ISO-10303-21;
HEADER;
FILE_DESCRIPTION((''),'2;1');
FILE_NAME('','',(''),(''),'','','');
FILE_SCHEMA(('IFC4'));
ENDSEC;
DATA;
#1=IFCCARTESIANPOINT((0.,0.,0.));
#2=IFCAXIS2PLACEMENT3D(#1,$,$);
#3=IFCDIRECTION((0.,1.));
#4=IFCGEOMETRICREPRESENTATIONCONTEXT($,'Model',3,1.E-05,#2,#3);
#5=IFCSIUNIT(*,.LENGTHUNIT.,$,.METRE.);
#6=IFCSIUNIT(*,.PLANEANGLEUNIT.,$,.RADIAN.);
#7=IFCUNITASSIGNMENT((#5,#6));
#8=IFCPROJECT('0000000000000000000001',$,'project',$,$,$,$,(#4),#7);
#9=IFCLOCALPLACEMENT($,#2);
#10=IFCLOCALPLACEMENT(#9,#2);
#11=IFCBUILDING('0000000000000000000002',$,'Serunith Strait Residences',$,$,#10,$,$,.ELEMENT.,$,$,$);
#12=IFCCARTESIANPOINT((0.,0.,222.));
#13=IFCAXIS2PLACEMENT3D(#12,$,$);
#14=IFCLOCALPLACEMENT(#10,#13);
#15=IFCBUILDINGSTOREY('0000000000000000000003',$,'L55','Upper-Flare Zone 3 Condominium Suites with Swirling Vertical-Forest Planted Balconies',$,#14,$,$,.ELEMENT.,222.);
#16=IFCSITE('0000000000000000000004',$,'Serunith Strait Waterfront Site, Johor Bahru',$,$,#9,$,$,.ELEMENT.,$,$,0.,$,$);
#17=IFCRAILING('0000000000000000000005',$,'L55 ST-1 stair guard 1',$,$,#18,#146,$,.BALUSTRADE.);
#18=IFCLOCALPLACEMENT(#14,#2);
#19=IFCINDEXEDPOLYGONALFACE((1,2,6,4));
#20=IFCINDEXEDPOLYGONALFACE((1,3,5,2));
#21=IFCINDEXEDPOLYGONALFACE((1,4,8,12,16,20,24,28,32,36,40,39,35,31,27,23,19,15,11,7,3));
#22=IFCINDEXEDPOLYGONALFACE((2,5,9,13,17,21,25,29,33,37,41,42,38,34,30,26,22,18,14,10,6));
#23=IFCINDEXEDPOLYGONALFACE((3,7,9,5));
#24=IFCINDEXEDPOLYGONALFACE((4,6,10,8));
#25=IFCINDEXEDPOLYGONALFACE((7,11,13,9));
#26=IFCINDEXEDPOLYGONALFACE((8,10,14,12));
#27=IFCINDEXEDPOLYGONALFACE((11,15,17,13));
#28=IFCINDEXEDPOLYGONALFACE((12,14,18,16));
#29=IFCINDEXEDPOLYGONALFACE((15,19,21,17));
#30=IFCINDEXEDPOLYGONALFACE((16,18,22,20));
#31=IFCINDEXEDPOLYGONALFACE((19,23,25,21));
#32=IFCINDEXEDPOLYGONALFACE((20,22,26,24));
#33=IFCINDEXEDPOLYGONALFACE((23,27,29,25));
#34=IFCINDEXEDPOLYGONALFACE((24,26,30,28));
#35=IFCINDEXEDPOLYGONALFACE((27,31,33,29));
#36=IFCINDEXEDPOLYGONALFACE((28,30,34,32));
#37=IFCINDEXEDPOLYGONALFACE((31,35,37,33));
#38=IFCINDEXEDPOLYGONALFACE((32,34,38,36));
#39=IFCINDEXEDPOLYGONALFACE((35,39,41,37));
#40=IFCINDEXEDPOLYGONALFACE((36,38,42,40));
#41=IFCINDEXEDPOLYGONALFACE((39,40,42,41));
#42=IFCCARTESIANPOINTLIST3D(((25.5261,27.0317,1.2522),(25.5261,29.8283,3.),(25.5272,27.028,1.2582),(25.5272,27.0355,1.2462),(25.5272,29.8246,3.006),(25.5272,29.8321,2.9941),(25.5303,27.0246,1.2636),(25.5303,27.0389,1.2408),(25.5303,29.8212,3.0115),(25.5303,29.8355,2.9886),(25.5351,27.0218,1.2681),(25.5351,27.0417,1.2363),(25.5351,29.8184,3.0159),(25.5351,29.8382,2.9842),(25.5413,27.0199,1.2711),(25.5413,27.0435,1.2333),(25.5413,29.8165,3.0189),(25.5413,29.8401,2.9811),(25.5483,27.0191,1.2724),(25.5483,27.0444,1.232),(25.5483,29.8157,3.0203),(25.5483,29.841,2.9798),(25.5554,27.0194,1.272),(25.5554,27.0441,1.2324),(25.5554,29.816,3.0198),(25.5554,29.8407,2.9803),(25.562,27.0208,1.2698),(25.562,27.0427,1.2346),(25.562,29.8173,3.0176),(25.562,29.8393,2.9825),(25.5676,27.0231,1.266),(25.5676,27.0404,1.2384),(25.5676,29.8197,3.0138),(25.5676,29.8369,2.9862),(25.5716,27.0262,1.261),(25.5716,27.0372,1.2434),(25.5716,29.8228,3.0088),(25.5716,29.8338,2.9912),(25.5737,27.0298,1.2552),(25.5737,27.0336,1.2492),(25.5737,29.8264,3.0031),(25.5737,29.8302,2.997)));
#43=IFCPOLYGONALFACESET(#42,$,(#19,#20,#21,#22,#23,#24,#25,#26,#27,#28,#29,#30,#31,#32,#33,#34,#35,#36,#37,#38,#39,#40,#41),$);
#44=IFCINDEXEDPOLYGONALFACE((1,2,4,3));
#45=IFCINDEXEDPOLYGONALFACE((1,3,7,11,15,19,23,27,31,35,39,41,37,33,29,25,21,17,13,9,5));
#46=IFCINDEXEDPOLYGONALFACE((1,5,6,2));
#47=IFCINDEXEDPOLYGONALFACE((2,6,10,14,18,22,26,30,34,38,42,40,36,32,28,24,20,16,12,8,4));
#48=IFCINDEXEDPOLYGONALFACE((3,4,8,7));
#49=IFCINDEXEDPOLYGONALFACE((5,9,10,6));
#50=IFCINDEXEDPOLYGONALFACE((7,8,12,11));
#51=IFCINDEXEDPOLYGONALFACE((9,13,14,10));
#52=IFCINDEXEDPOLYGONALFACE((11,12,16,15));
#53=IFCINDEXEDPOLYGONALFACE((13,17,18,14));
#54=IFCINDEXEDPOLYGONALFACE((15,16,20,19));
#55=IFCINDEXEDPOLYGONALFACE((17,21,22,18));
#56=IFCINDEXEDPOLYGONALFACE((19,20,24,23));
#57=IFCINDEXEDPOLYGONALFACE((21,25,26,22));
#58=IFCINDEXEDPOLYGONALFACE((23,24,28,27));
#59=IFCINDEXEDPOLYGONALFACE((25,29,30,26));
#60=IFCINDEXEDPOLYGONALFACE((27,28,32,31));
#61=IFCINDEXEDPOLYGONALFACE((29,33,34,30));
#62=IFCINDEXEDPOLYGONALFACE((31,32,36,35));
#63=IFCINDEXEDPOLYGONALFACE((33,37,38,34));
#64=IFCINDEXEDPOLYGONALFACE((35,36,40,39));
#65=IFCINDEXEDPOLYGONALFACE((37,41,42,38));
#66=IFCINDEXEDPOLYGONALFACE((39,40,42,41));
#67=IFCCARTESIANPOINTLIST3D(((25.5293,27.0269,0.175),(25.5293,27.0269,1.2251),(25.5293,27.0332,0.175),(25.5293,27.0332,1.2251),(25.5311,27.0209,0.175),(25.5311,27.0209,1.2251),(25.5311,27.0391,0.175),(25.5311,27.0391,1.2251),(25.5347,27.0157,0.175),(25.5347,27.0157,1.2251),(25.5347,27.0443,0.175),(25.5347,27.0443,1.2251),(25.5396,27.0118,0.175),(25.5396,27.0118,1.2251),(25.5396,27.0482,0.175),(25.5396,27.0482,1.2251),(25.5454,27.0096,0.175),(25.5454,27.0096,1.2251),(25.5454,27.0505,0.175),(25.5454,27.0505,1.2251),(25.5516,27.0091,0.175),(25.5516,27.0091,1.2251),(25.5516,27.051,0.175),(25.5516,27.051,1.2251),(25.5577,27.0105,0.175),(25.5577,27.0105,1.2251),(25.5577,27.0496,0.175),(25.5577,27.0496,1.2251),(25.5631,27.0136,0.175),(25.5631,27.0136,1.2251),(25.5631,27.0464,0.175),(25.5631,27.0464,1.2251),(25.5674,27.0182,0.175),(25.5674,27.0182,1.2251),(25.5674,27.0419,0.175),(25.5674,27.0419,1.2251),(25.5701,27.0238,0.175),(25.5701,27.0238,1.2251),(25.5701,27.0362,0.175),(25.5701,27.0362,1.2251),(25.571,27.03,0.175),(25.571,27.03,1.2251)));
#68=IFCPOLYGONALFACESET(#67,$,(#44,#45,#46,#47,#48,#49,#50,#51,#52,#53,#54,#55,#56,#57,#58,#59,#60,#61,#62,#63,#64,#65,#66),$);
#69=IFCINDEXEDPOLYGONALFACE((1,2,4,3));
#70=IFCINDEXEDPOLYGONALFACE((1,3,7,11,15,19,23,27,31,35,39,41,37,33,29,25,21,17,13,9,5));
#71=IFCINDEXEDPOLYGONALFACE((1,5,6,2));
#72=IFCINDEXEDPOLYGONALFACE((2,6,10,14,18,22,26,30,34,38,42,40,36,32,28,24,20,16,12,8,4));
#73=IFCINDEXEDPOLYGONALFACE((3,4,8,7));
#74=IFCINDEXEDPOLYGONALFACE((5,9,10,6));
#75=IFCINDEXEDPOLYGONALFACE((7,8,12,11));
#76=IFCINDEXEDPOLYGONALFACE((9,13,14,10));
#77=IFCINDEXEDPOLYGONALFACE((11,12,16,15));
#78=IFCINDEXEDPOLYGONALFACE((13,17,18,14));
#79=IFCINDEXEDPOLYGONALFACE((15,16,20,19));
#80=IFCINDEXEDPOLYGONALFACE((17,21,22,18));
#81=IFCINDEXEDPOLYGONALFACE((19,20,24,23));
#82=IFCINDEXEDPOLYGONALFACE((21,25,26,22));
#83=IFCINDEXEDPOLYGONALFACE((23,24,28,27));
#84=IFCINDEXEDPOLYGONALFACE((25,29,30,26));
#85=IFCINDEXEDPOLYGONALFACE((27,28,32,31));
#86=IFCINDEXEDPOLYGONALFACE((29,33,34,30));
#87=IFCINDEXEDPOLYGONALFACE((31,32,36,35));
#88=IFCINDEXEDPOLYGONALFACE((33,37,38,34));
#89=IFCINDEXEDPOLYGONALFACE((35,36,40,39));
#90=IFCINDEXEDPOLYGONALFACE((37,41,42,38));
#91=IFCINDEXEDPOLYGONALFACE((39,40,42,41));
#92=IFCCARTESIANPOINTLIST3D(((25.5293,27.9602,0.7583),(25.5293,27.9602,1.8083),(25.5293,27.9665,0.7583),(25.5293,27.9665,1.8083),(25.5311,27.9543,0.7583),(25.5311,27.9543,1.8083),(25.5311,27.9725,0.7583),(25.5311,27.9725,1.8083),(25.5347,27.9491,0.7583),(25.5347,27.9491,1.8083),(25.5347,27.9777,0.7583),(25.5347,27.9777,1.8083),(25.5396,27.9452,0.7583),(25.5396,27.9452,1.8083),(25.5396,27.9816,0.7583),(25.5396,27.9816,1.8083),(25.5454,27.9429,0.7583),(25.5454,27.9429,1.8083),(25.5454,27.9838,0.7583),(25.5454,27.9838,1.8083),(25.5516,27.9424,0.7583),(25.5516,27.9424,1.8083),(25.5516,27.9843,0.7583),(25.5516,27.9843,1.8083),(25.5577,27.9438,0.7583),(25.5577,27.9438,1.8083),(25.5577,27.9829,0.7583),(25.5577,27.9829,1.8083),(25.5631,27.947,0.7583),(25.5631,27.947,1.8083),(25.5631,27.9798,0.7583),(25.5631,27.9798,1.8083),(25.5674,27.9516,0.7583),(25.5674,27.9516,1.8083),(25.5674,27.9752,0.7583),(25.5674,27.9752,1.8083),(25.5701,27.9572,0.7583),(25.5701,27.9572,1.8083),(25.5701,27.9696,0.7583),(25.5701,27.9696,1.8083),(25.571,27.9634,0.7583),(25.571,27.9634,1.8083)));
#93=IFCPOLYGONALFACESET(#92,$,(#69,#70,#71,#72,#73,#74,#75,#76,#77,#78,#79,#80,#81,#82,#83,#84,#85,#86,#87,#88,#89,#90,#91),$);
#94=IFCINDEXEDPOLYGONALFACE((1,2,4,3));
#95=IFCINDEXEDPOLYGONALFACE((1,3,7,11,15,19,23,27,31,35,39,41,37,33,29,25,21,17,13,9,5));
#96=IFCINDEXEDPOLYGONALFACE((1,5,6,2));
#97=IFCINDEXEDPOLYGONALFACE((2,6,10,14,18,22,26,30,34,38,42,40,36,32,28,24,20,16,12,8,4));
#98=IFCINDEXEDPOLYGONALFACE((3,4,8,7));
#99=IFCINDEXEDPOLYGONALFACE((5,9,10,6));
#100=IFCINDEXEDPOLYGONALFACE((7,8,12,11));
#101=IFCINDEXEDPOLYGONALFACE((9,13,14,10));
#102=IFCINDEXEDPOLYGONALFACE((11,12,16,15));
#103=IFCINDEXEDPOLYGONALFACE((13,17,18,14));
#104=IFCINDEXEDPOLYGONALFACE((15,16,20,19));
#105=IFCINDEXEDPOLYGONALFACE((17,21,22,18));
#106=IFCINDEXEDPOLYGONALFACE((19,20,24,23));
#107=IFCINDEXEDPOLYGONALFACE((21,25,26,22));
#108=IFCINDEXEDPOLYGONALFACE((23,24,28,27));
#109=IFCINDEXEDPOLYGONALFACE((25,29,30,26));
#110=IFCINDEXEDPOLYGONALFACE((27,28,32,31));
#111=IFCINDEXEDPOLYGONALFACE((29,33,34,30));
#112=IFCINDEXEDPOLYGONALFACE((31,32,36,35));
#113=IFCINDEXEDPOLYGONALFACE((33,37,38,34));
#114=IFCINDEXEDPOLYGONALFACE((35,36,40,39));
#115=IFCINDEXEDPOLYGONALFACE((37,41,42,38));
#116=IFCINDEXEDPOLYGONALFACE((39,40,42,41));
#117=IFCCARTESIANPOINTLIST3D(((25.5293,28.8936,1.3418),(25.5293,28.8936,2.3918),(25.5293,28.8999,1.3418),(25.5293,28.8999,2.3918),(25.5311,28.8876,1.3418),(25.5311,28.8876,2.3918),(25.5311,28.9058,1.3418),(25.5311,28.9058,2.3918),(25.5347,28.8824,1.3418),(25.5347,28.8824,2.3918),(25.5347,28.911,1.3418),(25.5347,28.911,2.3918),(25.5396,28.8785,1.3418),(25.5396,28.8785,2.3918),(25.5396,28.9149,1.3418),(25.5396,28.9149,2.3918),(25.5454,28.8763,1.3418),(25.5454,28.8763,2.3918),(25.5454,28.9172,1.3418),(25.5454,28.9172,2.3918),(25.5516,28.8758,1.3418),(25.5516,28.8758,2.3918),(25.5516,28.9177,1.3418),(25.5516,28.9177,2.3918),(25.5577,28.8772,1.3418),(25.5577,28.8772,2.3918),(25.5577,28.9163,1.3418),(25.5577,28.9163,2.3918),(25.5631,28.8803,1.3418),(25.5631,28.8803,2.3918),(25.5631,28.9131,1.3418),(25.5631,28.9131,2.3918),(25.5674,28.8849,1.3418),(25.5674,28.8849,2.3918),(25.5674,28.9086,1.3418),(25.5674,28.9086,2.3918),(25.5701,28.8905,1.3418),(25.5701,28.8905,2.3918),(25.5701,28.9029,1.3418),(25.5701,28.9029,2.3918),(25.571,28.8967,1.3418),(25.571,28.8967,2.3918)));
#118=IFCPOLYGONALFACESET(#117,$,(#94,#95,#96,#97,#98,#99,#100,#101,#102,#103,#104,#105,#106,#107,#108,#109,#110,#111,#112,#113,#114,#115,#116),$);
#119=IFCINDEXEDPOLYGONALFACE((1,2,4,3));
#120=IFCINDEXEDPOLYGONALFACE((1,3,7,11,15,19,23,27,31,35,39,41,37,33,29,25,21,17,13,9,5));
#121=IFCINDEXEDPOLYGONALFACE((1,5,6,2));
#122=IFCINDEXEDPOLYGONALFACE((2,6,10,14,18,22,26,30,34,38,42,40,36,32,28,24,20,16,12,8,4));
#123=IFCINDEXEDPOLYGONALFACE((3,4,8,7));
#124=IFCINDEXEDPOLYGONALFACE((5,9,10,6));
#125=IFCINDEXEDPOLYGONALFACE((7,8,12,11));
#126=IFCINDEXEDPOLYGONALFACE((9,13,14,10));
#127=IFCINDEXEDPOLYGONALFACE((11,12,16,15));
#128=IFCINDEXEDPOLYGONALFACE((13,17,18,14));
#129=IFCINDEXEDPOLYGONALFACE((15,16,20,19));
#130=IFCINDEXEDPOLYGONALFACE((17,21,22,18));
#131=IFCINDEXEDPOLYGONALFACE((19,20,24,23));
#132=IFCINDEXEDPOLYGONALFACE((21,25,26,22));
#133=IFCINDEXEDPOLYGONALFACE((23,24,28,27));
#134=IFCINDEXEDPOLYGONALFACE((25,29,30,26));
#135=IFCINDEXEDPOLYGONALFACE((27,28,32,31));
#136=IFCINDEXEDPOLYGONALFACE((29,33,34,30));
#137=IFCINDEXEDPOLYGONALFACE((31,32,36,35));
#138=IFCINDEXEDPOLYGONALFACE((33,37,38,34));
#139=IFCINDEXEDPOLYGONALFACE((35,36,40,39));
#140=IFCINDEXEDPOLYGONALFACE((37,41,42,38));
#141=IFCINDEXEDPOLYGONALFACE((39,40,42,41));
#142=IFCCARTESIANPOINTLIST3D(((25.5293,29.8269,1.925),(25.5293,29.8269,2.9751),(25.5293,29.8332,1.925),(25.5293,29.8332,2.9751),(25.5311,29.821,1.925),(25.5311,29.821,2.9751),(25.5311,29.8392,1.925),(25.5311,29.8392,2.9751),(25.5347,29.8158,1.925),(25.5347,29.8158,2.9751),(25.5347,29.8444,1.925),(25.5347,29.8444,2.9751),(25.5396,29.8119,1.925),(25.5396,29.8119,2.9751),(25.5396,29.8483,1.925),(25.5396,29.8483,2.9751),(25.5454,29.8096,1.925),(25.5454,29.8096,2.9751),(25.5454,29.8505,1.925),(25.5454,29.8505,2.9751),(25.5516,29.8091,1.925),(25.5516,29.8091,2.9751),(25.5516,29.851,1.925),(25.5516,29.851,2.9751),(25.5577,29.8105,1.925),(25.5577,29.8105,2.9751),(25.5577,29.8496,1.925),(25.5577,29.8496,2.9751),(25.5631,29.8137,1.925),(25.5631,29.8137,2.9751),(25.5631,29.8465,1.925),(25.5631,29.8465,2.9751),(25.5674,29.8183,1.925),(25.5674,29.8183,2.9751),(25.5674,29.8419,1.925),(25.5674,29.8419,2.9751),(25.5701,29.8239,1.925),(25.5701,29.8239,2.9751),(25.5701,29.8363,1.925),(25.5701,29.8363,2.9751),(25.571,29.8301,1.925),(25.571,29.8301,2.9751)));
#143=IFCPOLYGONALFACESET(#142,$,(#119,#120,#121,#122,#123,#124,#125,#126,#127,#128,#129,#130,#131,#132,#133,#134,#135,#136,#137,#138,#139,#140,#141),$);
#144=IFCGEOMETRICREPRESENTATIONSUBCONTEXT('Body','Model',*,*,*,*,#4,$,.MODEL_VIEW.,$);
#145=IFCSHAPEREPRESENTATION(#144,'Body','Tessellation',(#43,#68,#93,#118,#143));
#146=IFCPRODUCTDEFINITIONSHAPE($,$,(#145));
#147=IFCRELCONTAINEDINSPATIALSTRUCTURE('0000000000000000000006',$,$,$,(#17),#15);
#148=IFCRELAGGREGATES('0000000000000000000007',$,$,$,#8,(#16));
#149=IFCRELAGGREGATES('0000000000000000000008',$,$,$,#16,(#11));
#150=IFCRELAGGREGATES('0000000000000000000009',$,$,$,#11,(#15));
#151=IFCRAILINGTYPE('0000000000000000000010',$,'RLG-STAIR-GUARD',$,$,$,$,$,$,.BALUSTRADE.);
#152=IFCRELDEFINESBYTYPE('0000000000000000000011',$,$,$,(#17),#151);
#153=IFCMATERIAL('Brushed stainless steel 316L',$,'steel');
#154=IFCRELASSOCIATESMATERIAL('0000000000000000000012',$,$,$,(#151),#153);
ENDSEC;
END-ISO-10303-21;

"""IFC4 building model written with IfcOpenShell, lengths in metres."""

from ifc_helpers import new_model, si_unit, direction, frame, origin, origin_2d, place, context, subcontext, project, spatial, circle, extrude, material, type_object, element, save


model = new_model("IFC4")

# Units and contexts
model_context = context("Model", 3, precision=1e-05, world=origin(), true_north=direction((0.0, 1.0)))
body_context = subcontext(model_context, "Body", "Model", "MODEL_VIEW")
ifc_project = project(units=[si_unit("LENGTHUNIT", "METRE"), si_unit("PLANEANGLEUNIT", "RADIAN")], contexts=[model_context])

# Site, building, storey
site_placement = place(None, origin())
site = spatial("IfcSite", under=ifc_project, at=site_placement, Name="Serunith Strait Waterfront Site, Johor Bahru", CompositionType="ELEMENT", RefElevation=0.0)
building_placement = place(site_placement, origin())
building = spatial("IfcBuilding", under=site, at=building_placement, Name="Serunith Strait Residences", CompositionType="ELEMENT")
storey_placement = place(building_placement, frame((0.0, 0.0, 222.0)))
storey = spatial("IfcBuildingStorey", under=building, at=storey_placement, Name="L55", Description="Upper-Flare Zone 3 Condominium Suites with Swirling Vertical-Forest Planted Balconies", CompositionType="ELEMENT", Elevation=222.0)

# Railing
ifc_material_1 = material(Name="Brushed stainless steel 316L", Category="steel")
railing_type_1 = type_object("IfcRailingType", Name="RLG-STAIR-GUARD", PredefinedType="BALUSTRADE", material=ifc_material_1)
railing_1_placement = place(storey_placement, frame((25.55, 27.03, 0.175)))
element("IfcRailing", 1, at=railing_1_placement, inside=storey, type_object=railing_type_1, Name="L55 ST-1 stair guard 1", PredefinedType="BALUSTRADE", context=body_context, shape_type="SweptSolid", body=[
    extrude(circle(Radius=0.0239, at=origin_2d()), frame((0.0, 0.0017, 1.0771), z_axis=(0.0, 0.848002, 0.529992), x_axis=(-1.0, 0.0, 0.0)), (0.0, 0.0, 1.0), 3.2979),
    extrude(circle(Radius=0.021, at=origin_2d()), origin(), (0.0, 0.0, 1.0), 1.05),
    extrude(circle(Radius=0.021, at=origin_2d()), frame((0.0, 0.9333, 0.5833)), (0.0, 0.0, 1.0), 1.05),
    extrude(circle(Radius=0.021, at=origin_2d()), frame((0.0, 1.8667, 1.1667)), (0.0, 0.0, 1.0), 1.05),
    extrude(circle(Radius=0.021, at=origin_2d()), frame((0.0, 2.8, 1.75)), (0.0, 0.0, 1.0), 1.05),
])

save(model, "model.ifc")
